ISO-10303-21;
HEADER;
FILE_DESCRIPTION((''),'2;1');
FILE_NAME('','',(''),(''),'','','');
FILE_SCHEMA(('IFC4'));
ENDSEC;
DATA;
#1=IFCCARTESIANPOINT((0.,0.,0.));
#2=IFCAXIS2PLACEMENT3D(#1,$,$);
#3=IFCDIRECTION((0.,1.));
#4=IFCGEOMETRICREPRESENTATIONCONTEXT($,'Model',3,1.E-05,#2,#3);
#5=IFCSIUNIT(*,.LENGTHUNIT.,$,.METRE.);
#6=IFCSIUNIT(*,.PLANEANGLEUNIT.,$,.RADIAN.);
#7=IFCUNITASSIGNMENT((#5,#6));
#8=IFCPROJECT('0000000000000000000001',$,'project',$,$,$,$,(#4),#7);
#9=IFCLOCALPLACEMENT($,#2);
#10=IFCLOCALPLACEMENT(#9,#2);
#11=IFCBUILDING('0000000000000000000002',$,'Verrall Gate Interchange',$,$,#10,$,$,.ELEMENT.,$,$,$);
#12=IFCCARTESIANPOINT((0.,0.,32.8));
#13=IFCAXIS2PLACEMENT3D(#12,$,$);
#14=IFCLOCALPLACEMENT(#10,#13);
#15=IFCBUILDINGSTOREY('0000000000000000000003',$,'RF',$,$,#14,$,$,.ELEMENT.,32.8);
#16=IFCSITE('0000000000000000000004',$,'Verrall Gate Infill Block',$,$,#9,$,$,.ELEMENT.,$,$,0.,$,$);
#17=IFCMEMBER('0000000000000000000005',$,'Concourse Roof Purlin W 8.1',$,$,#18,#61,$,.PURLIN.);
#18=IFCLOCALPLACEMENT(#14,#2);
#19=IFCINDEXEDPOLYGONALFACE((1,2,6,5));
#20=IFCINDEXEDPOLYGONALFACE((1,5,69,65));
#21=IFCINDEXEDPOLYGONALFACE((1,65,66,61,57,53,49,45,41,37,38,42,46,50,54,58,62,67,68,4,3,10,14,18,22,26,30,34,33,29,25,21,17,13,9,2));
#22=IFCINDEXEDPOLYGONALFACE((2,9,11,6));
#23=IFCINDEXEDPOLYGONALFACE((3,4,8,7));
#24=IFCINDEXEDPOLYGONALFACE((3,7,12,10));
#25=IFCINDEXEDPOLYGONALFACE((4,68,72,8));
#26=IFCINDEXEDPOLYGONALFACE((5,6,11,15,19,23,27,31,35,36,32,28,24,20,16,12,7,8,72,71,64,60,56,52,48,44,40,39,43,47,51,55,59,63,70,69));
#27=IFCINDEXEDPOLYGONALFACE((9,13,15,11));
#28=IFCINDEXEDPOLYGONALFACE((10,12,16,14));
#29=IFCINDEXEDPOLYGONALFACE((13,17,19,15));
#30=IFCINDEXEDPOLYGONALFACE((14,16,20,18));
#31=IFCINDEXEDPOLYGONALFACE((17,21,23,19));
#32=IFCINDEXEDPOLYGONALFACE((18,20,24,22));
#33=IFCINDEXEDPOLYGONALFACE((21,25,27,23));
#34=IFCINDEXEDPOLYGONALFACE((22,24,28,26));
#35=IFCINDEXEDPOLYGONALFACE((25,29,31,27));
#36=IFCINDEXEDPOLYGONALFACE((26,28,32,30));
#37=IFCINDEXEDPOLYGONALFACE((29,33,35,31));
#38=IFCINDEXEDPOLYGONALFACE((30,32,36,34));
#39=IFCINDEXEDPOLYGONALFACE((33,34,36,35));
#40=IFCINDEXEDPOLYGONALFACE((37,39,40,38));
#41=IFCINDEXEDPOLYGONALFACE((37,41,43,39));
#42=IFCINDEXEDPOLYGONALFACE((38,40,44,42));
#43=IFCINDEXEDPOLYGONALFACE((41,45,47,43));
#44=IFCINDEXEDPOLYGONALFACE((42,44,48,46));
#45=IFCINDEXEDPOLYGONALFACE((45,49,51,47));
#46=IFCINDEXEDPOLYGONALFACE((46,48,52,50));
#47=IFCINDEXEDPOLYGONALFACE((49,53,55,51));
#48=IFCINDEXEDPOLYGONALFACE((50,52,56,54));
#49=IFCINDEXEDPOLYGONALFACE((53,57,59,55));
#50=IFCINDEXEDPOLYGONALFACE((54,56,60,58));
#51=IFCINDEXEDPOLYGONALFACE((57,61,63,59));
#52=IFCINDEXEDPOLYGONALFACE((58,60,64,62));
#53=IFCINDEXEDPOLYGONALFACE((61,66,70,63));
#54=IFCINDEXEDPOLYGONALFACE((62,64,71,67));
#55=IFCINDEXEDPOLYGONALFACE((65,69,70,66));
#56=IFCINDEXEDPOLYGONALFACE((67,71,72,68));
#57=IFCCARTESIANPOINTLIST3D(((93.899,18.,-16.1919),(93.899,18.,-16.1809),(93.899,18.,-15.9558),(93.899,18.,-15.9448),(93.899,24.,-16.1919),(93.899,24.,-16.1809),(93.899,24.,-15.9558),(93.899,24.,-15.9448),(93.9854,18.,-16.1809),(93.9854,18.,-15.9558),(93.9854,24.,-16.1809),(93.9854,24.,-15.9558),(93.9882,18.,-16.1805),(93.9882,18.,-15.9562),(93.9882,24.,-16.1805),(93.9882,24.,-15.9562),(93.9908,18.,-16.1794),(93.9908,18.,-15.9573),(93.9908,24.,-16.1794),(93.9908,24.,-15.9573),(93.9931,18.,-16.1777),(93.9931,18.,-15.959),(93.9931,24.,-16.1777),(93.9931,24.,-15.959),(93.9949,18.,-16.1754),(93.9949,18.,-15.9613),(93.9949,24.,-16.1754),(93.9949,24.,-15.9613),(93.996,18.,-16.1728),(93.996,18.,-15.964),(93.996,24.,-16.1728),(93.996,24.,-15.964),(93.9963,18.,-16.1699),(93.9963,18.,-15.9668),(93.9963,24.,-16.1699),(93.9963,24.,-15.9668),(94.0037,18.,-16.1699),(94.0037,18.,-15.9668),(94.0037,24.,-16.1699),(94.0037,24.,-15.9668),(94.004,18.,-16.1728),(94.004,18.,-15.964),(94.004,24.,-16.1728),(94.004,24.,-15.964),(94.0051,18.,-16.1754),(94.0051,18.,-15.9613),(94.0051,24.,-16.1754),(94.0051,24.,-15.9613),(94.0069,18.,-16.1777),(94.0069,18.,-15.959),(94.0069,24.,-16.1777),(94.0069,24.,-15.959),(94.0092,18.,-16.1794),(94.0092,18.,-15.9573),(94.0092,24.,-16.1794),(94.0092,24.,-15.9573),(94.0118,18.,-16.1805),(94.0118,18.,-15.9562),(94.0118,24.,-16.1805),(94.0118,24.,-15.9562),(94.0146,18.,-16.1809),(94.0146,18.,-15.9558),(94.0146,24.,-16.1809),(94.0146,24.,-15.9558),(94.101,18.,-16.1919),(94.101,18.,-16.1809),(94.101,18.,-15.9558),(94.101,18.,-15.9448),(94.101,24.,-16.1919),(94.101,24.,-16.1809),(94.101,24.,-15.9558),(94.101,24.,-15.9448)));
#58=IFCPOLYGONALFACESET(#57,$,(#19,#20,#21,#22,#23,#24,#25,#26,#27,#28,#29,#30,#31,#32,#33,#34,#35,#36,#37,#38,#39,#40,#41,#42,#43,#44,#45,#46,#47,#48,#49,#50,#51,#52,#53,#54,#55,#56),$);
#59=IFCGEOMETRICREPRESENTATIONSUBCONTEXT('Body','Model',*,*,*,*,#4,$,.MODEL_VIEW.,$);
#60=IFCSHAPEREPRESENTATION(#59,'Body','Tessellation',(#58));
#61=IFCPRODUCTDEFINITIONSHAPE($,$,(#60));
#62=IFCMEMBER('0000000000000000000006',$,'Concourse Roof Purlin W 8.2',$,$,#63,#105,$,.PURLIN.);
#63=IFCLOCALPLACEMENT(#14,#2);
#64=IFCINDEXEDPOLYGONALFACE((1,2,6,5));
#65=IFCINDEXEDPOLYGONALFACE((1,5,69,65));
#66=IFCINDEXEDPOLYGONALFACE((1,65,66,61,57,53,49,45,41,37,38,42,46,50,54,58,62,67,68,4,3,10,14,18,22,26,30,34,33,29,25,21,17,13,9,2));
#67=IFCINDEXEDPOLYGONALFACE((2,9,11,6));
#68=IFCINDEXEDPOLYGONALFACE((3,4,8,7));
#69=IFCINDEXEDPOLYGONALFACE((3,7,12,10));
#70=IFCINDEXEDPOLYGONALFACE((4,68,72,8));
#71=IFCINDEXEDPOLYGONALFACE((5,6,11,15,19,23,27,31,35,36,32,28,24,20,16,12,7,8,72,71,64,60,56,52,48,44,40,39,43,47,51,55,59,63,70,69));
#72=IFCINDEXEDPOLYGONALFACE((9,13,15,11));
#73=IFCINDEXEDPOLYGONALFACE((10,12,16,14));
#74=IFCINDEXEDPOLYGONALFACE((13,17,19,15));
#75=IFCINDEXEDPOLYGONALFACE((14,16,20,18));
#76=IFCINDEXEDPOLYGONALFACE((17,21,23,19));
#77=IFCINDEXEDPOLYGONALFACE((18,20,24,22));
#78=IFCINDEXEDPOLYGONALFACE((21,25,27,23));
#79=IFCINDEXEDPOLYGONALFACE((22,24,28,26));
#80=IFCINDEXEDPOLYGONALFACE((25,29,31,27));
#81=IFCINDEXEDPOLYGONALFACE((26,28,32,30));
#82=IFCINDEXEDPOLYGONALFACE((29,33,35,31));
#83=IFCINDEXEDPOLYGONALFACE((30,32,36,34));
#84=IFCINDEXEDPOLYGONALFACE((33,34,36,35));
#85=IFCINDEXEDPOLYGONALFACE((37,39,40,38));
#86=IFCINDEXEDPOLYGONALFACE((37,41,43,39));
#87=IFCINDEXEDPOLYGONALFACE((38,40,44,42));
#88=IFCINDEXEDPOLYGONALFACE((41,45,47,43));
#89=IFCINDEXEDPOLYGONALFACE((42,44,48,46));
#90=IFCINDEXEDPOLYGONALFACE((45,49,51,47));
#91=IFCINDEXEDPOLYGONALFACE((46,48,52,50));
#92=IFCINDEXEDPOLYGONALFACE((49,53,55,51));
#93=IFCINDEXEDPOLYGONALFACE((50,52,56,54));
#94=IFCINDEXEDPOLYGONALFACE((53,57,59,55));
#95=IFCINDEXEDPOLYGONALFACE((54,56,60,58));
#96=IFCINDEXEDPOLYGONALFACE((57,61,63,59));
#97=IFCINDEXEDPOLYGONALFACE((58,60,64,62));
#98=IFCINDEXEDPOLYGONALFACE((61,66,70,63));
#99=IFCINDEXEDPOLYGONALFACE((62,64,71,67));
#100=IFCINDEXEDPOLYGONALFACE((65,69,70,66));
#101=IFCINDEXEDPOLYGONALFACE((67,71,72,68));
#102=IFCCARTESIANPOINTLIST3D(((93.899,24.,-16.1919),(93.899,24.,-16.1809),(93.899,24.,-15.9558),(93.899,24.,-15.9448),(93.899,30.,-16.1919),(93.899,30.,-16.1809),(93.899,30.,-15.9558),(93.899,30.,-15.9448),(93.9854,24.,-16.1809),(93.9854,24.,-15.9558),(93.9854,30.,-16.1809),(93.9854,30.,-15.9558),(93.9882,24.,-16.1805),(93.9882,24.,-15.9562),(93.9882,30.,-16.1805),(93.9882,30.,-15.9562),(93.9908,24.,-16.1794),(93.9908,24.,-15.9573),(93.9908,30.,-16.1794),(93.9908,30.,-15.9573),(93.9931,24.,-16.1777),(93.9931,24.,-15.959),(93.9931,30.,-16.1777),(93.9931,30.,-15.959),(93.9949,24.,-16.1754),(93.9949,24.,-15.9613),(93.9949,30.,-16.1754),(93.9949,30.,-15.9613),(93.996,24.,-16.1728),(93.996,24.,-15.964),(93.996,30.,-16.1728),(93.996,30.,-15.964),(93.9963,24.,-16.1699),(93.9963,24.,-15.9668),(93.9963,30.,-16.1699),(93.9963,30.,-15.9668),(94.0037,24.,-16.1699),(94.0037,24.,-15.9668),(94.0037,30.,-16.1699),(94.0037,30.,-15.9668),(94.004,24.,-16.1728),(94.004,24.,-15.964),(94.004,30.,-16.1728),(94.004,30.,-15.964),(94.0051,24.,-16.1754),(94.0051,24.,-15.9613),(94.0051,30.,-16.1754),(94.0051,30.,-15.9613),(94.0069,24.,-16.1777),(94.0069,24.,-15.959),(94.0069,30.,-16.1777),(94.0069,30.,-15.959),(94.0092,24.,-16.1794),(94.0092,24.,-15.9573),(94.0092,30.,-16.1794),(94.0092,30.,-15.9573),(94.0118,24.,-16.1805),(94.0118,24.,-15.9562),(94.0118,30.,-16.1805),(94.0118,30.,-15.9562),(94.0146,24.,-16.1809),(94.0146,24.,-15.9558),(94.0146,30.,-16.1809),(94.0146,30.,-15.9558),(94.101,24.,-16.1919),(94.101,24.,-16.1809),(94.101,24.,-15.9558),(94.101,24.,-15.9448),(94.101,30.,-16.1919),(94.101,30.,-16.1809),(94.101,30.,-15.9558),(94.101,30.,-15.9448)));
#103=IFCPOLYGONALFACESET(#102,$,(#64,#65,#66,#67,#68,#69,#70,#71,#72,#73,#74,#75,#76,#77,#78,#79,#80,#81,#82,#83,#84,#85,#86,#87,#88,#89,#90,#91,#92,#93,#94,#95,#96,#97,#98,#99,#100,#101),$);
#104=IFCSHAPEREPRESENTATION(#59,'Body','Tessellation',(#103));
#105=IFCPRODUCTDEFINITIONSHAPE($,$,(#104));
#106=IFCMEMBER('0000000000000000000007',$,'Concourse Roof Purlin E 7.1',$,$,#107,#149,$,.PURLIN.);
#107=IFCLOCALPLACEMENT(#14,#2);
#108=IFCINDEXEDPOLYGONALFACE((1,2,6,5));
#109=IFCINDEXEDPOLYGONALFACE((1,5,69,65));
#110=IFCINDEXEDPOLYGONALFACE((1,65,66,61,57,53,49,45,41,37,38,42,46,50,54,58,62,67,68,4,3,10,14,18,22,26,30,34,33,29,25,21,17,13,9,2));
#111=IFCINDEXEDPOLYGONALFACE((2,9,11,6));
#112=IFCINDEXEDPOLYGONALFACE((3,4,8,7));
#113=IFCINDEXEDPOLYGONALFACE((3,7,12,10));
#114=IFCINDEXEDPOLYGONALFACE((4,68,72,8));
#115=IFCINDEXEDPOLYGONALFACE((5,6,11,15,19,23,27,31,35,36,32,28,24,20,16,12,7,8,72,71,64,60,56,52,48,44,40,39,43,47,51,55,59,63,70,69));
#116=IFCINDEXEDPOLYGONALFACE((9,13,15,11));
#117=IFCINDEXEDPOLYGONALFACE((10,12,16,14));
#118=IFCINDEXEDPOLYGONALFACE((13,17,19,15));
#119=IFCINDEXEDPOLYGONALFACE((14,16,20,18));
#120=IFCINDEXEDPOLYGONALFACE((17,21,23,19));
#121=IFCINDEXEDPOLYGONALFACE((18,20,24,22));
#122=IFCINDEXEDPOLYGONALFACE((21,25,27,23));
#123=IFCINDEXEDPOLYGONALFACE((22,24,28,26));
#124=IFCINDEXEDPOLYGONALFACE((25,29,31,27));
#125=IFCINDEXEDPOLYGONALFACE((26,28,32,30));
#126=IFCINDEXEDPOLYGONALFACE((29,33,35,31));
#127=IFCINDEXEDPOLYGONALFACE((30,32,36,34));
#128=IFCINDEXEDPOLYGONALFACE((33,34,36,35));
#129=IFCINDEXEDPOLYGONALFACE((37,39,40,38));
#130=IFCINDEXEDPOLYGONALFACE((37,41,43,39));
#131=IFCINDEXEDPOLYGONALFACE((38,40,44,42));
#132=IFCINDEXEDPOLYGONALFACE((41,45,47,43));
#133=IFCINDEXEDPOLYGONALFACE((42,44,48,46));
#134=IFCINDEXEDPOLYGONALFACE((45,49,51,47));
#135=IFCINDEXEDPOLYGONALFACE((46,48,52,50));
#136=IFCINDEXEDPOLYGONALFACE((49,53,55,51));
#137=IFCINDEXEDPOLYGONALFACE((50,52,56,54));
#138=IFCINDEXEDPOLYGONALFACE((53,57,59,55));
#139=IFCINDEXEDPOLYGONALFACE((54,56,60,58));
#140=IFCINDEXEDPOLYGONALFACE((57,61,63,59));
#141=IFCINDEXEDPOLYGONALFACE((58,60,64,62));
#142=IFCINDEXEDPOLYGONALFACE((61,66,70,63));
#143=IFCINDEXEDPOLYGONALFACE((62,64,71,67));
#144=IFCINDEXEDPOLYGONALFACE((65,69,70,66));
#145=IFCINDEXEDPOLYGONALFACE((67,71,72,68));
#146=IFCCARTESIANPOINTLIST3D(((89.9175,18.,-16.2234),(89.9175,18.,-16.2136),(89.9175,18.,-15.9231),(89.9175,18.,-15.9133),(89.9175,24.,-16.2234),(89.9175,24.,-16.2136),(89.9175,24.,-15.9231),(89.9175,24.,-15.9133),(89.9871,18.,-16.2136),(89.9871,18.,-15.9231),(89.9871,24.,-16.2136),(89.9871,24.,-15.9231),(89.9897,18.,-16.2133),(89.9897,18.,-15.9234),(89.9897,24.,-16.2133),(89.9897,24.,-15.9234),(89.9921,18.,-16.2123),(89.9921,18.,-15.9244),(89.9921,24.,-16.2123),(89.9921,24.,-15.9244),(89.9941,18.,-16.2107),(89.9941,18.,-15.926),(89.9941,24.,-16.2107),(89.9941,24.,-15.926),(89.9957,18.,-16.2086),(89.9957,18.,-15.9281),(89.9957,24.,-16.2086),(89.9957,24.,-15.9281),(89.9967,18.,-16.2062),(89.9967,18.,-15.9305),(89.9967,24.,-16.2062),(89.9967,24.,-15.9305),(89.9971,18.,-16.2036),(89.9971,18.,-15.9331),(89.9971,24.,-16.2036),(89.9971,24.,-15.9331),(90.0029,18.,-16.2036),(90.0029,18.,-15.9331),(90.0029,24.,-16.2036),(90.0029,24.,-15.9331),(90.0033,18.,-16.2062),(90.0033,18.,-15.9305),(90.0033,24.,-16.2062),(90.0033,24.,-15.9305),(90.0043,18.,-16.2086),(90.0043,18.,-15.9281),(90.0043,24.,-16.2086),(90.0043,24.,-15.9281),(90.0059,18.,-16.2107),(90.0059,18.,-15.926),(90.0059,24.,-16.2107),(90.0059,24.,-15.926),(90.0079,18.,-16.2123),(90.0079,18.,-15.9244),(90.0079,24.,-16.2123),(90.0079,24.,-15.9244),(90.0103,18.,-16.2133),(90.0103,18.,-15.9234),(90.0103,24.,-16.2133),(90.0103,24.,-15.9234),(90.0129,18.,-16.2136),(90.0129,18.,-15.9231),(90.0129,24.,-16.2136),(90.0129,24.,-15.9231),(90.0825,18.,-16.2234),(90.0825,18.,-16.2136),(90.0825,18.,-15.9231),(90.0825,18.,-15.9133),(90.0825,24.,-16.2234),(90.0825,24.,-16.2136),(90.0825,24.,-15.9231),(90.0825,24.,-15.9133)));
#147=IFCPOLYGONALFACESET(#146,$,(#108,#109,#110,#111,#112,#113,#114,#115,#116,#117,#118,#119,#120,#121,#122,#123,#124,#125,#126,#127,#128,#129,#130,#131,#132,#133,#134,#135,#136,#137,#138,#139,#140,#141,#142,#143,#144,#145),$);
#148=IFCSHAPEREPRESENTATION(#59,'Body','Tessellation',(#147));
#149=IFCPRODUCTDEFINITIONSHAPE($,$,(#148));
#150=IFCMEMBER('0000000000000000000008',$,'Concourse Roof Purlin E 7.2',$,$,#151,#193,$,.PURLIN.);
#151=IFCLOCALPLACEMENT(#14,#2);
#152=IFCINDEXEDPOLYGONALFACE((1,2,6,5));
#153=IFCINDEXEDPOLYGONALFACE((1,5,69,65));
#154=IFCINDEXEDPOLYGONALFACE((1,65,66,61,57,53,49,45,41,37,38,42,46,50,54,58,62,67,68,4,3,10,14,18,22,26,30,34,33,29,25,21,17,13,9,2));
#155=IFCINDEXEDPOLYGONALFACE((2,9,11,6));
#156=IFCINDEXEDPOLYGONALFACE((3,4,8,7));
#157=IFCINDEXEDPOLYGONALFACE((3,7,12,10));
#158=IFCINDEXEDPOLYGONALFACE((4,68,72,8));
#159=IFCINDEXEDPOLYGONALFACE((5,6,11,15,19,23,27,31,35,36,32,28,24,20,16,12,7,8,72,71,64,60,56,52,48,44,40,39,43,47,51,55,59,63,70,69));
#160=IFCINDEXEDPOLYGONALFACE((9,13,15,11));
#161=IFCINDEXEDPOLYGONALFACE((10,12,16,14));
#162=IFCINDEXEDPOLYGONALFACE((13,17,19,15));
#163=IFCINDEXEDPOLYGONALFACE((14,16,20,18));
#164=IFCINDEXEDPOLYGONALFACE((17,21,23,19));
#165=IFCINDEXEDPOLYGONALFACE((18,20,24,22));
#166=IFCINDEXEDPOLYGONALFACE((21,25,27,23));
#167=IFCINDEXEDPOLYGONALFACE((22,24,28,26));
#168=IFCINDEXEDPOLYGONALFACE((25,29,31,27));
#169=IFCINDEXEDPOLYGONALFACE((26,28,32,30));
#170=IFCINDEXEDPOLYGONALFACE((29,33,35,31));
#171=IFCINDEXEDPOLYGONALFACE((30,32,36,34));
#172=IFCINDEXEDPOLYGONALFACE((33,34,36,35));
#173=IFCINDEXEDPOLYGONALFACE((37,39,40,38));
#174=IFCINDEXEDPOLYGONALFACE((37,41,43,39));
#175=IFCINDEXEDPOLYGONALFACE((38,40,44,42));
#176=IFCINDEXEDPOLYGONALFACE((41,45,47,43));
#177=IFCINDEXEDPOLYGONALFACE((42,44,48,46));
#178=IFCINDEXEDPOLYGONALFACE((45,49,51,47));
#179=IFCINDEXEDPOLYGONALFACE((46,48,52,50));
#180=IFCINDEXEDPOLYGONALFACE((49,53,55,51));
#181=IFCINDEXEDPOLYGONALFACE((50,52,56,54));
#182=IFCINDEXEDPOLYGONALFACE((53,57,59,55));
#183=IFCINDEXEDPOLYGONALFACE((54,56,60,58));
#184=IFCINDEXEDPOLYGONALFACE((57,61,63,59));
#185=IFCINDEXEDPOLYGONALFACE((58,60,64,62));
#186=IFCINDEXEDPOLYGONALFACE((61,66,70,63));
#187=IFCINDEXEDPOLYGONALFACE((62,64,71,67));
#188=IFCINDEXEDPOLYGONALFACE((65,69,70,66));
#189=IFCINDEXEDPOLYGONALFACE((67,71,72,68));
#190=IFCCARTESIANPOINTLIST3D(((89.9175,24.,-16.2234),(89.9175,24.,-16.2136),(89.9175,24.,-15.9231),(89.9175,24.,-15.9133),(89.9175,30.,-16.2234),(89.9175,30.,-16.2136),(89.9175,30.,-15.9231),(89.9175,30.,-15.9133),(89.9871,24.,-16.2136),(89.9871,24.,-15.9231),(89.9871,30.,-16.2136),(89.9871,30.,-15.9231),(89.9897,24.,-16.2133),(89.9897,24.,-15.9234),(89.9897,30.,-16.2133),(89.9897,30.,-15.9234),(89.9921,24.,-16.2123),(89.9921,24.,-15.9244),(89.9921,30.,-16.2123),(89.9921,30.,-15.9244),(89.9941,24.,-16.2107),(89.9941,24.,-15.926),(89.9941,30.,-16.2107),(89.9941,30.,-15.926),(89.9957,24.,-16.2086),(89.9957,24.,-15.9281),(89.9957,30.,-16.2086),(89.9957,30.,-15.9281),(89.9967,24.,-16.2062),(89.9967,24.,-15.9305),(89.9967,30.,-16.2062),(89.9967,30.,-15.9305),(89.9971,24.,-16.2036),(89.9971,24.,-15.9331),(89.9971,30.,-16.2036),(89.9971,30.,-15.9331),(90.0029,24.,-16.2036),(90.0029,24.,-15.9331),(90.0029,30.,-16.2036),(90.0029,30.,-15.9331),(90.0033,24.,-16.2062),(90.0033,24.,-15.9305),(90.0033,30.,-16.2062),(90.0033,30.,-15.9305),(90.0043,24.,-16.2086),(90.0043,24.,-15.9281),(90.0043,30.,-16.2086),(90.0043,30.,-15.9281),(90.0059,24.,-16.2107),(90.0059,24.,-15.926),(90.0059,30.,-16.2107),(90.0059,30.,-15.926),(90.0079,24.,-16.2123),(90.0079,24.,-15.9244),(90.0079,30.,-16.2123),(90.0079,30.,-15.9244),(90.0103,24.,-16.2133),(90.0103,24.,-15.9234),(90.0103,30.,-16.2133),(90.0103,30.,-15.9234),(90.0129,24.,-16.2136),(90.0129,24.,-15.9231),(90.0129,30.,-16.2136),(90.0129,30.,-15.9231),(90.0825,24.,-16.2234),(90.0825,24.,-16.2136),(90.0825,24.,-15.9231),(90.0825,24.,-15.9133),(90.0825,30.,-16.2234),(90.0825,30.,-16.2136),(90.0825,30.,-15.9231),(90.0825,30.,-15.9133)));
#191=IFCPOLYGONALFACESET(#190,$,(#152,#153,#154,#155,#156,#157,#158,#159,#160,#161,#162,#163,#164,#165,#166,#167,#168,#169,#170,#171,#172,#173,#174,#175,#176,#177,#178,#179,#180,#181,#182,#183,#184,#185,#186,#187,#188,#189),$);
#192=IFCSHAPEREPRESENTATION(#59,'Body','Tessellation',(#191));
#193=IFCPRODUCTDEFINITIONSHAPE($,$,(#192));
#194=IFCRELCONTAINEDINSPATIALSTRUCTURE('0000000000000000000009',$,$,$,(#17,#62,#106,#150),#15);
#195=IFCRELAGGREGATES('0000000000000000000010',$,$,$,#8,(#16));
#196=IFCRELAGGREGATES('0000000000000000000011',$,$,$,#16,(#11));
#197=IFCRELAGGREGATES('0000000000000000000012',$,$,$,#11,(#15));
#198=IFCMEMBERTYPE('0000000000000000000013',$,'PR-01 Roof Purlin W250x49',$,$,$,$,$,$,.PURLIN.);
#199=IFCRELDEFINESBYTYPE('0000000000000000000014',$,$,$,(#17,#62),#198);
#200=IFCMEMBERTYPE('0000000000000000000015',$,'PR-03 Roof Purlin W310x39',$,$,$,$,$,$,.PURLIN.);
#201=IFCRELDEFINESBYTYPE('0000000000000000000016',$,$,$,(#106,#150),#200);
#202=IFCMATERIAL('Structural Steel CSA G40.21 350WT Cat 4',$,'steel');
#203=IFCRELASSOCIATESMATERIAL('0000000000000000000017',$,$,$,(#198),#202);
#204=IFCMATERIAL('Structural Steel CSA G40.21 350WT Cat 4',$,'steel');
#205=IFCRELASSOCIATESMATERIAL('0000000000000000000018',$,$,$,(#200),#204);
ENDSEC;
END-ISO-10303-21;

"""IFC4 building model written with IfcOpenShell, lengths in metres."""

from ifc_helpers import new_model, si_unit, direction, frame, origin, origin_2d, place, context, subcontext, project, spatial, i_section, extrude, material, material_profile, profile_set, type_object, element, save


model = new_model("IFC4")

# Units and contexts
model_context = context("Model", 3, precision=1e-05, world=origin(), true_north=direction((0.0, 1.0)))
body_context = subcontext(model_context, "Body", "Model", "MODEL_VIEW")
ifc_project = project(units=[si_unit("LENGTHUNIT", "METRE"), si_unit("PLANEANGLEUNIT", "RADIAN")], contexts=[model_context])

# Site, building, storey
site_placement = place(None, origin())
site = spatial("IfcSite", under=ifc_project, at=site_placement, Name="Verrall Gate Infill Block", CompositionType="ELEMENT", RefElevation=0.0)
building_placement = place(site_placement, origin())
building = spatial("IfcBuilding", under=site, at=building_placement, Name="Verrall Gate Interchange", CompositionType="ELEMENT")
storey_placement = place(building_placement, frame((0.0, 0.0, 32.8)))
storey = spatial("IfcBuildingStorey", under=building, at=storey_placement, Name="RF", CompositionType="ELEMENT", Elevation=32.8)

# Members
ifc_material_1 = material(Name="Structural Steel CSA G40.21 350WT Cat 4", Category="steel")
ifc_material_profile_1 = material_profile(ifc_material_1, i_section(OverallWidth=0.2019, OverallDepth=0.2471, WebThickness=0.0073, FlangeThickness=0.011, FilletRadius=0.011, at=origin_2d()), Name="W250x49")
ifc_profile_set_1 = profile_set([ifc_material_profile_1], Name="Structural Steel CSA G40.21 350WT Cat 4")
member_type_1 = type_object("IfcMemberType", Name="PR-01 Roof Purlin W250x49", PredefinedType="PURLIN", material=ifc_profile_set_1)
for number, where, z_axis, x_axis, name in (
    (1, (94.0, 18.0, -16.0684), (0.0, 1.0, 0.0), (-1.0, 0.0, 0.0), "Concourse Roof Purlin W 8.1"),
    (2, (94.0, 24.0, -16.0684), (0.0, 1.0, 0.0), (-1.0, 0.0, 0.0), "Concourse Roof Purlin W 8.2"),
):
    element("IfcMember", number, at=place(storey_placement, frame(where, z_axis=z_axis, x_axis=x_axis)), inside=storey, type_object=member_type_1, Name=name, PredefinedType="PURLIN", context=body_context, shape_type="SweptSolid", body=[
        extrude(i_section(OverallWidth=0.2019, OverallDepth=0.2471, WebThickness=0.0073, FlangeThickness=0.011, FilletRadius=0.011, at=origin_2d()), origin(), (0.0, 0.0, 1.0), 6.0),
    ])
ifc_material_2 = material(Name="Structural Steel CSA G40.21 350WT Cat 4", Category="steel")
ifc_material_profile_2 = material_profile(ifc_material_2, i_section(OverallWidth=0.165, OverallDepth=0.3101, WebThickness=0.0059, FlangeThickness=0.0098, FilletRadius=0.01, at=origin_2d()), Name="W310x39")
ifc_profile_set_2 = profile_set([ifc_material_profile_2], Name="Structural Steel CSA G40.21 350WT Cat 4")
member_type_2 = type_object("IfcMemberType", Name="PR-03 Roof Purlin W310x39", PredefinedType="PURLIN", material=ifc_profile_set_2)
for number, where, z_axis, x_axis, name in (
    (3, (90.0, 18.0, -16.0684), (0.0, 1.0, 0.0), (-1.0, 0.0, 0.0), "Concourse Roof Purlin E 7.1"),
    (4, (90.0, 24.0, -16.0684), (0.0, 1.0, 0.0), (-1.0, 0.0, 0.0), "Concourse Roof Purlin E 7.2"),
):
    element("IfcMember", number, at=place(storey_placement, frame(where, z_axis=z_axis, x_axis=x_axis)), inside=storey, type_object=member_type_2, Name=name, PredefinedType="PURLIN", context=body_context, shape_type="SweptSolid", body=[
        extrude(i_section(OverallWidth=0.165, OverallDepth=0.3101, WebThickness=0.0059, FlangeThickness=0.0098, FilletRadius=0.01, at=origin_2d()), origin(), (0.0, 0.0, 1.0), 6.0),
    ])

save(model, "model.ifc")
